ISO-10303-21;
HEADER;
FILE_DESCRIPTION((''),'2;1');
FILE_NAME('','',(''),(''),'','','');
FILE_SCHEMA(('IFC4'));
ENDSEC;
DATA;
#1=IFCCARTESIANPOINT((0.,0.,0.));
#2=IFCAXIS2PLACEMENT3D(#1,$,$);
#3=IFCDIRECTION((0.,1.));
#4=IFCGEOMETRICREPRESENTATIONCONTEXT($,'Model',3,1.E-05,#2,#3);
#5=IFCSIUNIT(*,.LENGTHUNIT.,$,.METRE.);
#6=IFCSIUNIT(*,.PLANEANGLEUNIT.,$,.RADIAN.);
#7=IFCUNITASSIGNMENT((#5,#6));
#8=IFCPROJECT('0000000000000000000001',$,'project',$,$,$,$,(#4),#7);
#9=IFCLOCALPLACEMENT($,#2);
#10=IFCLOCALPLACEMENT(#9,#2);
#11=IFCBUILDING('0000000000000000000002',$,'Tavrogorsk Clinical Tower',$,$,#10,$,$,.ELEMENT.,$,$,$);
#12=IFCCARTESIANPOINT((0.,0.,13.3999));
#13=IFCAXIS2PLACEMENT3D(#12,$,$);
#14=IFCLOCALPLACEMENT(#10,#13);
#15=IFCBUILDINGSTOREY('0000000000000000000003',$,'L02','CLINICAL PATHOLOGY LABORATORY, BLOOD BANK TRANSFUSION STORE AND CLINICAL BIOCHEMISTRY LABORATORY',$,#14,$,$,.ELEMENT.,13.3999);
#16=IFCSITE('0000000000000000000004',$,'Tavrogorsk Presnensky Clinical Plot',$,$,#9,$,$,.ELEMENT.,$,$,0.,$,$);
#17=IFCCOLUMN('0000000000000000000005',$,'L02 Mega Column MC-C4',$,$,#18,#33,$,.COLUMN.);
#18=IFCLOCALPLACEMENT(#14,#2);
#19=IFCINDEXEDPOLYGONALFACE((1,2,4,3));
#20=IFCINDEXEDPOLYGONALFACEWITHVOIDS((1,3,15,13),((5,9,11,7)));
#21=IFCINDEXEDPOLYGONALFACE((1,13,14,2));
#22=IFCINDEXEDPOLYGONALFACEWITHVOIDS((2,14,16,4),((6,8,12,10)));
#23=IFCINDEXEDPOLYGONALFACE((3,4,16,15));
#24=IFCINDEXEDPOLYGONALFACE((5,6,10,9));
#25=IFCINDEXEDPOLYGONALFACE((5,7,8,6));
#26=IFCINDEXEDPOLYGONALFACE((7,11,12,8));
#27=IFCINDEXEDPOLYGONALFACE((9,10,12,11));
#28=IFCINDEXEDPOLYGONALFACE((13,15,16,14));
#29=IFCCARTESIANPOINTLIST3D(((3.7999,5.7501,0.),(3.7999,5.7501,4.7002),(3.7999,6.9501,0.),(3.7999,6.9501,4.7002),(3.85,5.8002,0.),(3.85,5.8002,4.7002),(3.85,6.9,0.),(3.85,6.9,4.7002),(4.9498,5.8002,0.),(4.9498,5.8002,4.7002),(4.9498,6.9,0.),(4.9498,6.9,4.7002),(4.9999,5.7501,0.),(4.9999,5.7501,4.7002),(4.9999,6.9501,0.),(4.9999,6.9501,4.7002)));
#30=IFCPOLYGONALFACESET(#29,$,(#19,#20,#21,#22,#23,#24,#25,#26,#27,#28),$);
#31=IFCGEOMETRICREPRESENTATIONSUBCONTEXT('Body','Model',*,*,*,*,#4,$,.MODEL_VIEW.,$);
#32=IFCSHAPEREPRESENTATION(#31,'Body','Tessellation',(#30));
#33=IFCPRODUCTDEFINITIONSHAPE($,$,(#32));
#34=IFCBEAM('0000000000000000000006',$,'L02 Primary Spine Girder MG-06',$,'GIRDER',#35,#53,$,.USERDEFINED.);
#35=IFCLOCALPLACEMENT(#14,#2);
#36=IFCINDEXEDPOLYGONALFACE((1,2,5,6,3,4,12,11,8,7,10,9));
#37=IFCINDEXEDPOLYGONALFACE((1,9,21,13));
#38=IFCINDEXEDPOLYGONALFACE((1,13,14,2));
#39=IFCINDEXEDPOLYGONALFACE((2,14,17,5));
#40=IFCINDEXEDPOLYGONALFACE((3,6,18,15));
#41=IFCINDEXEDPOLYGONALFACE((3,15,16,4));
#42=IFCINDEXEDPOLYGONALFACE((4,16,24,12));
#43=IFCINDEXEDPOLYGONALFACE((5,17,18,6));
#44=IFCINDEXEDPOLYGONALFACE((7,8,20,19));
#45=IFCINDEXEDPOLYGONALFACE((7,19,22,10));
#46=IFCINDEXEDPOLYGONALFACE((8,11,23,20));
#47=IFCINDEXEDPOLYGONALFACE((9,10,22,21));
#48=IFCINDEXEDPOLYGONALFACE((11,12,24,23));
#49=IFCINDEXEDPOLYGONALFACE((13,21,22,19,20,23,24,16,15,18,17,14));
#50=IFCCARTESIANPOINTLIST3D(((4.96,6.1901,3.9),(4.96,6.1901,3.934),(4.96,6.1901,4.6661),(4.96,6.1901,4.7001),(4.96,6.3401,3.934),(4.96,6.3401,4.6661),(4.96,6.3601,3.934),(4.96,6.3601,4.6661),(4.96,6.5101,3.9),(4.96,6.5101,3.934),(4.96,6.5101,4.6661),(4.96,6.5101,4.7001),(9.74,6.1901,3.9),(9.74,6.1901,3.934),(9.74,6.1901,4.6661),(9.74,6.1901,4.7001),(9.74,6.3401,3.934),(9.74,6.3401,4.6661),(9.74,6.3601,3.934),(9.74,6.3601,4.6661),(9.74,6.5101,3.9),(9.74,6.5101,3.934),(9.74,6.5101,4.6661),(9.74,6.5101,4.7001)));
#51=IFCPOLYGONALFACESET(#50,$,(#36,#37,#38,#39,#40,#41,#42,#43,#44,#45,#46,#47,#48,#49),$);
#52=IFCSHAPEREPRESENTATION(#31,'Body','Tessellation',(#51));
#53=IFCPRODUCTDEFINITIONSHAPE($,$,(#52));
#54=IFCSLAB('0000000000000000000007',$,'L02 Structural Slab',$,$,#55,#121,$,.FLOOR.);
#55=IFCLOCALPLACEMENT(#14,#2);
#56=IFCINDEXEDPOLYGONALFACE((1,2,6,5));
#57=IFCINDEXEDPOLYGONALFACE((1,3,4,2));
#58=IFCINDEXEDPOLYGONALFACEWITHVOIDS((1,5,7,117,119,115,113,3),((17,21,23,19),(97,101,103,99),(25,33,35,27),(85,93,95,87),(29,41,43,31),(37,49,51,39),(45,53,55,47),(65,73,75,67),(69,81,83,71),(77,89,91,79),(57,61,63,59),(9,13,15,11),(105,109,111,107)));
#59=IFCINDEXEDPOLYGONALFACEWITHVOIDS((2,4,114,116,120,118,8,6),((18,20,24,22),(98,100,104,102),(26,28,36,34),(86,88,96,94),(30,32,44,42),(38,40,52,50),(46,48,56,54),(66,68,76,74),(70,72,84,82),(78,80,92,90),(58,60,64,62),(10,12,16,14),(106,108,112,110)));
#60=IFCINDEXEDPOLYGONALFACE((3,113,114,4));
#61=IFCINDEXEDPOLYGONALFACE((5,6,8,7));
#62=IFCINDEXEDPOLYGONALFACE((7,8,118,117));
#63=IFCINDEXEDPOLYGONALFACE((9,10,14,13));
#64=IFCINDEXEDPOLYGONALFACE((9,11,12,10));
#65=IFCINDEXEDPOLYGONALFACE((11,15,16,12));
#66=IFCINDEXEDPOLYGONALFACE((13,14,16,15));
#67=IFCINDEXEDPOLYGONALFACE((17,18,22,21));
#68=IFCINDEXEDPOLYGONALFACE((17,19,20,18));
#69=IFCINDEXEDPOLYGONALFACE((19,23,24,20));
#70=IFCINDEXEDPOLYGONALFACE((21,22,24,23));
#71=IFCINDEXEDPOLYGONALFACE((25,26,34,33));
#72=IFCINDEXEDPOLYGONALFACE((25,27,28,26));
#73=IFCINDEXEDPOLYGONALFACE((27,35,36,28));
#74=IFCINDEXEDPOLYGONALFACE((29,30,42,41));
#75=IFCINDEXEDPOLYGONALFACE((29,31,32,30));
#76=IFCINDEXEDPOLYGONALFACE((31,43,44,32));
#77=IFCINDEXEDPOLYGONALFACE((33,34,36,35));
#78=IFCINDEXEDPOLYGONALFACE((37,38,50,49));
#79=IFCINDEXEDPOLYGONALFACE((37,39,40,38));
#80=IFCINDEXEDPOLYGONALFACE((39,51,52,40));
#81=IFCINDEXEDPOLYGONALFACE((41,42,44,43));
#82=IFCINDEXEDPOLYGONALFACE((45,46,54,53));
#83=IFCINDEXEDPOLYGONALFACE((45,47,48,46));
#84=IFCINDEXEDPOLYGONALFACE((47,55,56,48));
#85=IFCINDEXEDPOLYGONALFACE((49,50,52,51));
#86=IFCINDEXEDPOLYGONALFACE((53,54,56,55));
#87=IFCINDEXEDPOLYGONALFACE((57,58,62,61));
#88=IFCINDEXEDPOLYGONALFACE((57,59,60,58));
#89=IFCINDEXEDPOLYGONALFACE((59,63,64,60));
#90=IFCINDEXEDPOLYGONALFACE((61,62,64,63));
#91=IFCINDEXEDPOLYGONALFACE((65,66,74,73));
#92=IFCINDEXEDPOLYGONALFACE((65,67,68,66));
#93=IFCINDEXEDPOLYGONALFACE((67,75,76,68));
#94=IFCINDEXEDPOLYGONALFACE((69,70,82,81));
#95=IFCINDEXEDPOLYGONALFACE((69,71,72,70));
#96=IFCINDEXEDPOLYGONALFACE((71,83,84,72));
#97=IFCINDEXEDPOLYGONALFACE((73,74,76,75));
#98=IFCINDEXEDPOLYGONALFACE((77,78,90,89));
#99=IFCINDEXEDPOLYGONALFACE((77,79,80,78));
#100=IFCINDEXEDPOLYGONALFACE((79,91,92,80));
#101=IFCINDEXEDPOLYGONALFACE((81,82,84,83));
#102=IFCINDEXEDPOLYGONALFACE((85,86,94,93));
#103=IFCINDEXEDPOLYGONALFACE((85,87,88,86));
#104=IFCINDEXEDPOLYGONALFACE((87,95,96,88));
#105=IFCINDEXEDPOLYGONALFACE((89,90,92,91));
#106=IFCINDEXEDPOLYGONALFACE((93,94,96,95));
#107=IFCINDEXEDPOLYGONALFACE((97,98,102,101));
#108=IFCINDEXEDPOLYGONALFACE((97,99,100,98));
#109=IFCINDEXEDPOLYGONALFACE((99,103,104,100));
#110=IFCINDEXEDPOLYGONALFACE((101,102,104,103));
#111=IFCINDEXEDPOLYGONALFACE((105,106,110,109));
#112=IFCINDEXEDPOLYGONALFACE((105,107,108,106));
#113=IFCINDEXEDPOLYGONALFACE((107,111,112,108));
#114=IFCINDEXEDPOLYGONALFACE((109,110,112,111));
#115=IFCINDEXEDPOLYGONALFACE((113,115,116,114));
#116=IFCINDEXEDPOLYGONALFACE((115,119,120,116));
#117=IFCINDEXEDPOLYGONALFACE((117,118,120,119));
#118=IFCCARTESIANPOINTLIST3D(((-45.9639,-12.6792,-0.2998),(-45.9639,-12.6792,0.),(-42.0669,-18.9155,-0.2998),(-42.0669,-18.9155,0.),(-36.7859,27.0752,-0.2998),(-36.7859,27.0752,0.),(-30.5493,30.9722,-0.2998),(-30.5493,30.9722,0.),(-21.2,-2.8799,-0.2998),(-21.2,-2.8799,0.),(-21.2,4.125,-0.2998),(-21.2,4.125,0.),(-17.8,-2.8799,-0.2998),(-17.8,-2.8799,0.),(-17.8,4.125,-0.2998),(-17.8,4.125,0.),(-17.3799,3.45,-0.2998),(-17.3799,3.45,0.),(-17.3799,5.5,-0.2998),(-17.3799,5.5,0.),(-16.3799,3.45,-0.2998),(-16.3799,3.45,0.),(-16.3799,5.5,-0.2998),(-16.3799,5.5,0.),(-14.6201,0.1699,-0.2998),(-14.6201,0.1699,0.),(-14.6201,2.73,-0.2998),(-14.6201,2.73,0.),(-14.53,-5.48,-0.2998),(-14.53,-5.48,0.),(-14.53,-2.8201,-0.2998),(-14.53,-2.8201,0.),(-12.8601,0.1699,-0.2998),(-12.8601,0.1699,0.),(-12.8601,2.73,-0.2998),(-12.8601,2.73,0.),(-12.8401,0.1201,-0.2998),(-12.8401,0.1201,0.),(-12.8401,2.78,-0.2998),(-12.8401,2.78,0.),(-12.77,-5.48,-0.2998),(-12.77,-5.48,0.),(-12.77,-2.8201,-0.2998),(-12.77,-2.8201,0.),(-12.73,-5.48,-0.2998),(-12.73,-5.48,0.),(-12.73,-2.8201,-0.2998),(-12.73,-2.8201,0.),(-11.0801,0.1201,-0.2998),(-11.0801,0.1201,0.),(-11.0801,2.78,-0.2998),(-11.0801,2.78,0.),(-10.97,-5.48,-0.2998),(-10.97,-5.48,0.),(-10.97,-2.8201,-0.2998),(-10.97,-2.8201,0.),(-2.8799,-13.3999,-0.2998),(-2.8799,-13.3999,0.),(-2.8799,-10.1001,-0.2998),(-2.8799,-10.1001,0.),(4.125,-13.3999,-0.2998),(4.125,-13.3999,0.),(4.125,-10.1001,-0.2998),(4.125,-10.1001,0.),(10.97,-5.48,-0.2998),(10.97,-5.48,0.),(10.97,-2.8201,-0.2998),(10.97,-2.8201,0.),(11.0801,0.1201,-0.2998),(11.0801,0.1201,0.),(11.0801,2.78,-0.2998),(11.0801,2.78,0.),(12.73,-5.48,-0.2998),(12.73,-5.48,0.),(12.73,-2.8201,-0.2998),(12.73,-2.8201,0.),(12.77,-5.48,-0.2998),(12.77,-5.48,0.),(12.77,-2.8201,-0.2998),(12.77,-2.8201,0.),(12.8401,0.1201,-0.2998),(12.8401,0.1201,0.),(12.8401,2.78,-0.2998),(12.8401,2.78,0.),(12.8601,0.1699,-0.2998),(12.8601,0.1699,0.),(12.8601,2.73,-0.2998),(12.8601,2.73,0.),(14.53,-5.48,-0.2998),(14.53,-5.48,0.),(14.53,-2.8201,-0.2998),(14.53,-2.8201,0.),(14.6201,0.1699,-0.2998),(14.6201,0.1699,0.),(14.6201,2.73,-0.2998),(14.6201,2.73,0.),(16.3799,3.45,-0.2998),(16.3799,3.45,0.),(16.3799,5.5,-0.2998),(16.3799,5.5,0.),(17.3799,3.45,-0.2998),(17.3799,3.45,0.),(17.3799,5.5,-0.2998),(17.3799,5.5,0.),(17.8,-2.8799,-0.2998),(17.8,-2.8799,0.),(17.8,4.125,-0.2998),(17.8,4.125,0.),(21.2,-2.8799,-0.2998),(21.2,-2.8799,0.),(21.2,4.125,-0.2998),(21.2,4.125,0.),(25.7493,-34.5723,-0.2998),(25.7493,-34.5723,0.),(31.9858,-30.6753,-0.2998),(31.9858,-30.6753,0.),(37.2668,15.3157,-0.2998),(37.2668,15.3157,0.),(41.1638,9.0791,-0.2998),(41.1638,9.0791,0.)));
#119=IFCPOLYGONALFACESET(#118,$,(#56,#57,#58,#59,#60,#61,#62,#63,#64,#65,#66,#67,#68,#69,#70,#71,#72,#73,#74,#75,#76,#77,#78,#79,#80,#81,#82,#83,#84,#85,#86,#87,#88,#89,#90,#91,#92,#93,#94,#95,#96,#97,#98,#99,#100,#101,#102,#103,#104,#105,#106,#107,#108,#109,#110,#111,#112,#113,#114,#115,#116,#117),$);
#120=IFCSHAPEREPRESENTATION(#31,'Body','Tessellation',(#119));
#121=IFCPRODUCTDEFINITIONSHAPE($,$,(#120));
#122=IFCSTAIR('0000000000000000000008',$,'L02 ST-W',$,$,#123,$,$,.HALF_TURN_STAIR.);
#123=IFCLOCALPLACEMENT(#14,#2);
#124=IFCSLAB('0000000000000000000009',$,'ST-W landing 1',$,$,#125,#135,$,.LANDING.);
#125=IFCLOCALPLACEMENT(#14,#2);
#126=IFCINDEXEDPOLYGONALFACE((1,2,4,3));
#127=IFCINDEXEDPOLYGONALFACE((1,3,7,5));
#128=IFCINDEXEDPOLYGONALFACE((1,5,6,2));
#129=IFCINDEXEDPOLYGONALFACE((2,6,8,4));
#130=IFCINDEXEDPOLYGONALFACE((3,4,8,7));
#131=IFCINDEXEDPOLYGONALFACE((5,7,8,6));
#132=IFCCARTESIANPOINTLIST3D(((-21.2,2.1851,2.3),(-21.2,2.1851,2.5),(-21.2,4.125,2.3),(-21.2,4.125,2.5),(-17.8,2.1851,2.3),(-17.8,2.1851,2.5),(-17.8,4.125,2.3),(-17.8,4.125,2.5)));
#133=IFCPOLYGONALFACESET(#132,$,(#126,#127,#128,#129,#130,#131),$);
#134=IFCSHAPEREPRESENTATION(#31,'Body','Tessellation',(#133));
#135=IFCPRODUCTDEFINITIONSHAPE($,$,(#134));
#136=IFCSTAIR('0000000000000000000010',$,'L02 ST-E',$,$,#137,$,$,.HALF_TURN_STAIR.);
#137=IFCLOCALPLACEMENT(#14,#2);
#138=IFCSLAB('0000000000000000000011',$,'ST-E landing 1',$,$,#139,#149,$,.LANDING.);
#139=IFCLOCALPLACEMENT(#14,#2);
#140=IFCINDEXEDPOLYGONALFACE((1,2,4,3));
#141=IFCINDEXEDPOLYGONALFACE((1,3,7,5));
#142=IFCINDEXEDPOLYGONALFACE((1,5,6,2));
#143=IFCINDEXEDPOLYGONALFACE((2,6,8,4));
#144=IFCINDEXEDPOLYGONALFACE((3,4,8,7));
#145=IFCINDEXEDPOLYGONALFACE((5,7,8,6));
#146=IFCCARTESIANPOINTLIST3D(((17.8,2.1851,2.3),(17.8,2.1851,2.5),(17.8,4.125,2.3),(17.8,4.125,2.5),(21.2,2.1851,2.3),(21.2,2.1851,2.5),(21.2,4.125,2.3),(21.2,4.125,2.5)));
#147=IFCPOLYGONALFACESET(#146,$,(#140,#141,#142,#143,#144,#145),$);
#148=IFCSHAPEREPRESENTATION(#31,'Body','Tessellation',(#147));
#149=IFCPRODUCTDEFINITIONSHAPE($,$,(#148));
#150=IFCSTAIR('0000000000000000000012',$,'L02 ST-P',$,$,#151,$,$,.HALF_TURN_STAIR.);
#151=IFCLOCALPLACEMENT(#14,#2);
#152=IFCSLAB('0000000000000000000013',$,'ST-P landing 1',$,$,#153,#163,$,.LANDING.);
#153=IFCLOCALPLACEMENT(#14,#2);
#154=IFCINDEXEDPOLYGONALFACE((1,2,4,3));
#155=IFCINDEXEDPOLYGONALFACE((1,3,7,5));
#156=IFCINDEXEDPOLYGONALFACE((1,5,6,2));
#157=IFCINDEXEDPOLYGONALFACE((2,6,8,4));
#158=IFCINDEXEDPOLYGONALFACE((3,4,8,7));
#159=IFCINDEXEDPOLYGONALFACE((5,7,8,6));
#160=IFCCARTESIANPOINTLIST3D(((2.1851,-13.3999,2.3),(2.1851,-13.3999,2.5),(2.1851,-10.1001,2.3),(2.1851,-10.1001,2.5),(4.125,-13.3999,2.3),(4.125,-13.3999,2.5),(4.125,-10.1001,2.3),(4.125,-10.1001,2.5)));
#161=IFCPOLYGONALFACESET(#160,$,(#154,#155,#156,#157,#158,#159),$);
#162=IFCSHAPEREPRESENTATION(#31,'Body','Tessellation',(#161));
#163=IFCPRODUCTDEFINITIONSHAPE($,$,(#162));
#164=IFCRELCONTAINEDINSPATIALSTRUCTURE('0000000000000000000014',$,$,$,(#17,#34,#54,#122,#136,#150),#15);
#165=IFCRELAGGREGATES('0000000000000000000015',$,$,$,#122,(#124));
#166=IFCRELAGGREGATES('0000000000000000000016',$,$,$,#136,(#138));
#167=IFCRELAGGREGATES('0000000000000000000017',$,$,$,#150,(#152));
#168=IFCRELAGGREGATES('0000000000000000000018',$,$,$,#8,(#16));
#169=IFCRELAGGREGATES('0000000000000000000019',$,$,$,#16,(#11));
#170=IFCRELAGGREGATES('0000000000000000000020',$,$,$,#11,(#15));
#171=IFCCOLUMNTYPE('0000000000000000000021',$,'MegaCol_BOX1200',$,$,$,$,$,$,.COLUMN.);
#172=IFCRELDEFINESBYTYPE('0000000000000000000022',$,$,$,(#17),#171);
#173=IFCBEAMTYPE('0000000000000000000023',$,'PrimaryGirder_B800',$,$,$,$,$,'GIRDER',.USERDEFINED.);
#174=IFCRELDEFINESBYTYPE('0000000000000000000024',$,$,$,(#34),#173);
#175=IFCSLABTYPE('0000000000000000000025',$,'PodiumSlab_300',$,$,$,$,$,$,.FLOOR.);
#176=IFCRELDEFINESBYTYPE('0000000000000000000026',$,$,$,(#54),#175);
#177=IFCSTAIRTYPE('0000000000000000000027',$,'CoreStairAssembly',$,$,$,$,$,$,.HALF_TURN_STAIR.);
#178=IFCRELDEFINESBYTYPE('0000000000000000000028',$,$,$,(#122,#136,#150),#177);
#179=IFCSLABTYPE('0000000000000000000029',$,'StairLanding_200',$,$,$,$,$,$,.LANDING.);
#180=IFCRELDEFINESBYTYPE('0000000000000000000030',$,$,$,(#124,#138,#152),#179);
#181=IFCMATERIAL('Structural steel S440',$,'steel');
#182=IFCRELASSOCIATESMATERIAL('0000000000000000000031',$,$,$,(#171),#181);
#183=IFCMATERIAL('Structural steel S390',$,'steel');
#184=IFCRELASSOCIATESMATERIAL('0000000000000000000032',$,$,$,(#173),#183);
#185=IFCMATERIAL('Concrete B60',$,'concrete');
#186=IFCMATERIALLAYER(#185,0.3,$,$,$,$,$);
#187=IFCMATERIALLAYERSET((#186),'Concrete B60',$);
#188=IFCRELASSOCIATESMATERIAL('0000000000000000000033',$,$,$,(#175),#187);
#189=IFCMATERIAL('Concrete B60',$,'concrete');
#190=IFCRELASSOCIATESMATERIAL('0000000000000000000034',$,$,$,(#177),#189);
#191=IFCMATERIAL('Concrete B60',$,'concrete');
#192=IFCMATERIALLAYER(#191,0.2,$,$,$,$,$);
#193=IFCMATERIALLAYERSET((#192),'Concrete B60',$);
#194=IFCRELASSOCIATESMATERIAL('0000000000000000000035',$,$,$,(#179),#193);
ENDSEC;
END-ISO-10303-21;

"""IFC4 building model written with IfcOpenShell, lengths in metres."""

from ifc_helpers import new_model, si_unit, direction, frame, origin, origin_2d, place, context, subcontext, project, spatial, polyline, hollow_rectangle, i_section, outline, extrude, material, layer, layer_set, material_profile, profile_set, type_object, element, aggregate, save


model = new_model("IFC4")

# Units and contexts
model_context = context("Model", 3, precision=1e-05, world=origin(), true_north=direction((0.0, 1.0)))
body_context = subcontext(model_context, "Body", "Model", "MODEL_VIEW")
ifc_project = project(units=[si_unit("LENGTHUNIT", "METRE"), si_unit("PLANEANGLEUNIT", "RADIAN")], contexts=[model_context])

# Site, building, storey
site_placement = place(None, origin())
site = spatial("IfcSite", under=ifc_project, at=site_placement, Name="Tavrogorsk Presnensky Clinical Plot", CompositionType="ELEMENT", RefElevation=0.0)
building_placement = place(site_placement, origin())
building = spatial("IfcBuilding", under=site, at=building_placement, Name="Tavrogorsk Clinical Tower", CompositionType="ELEMENT")
storey_placement = place(building_placement, frame((0.0, 0.0, 13.3999)))
storey = spatial("IfcBuildingStorey", under=building, at=storey_placement, Name="L02", Description="CLINICAL PATHOLOGY LABORATORY, BLOOD BANK TRANSFUSION STORE AND CLINICAL BIOCHEMISTRY LABORATORY", CompositionType="ELEMENT", Elevation=13.3999)

# Column
ifc_material_1 = material(Name="Structural steel S440", Category="steel")
ifc_material_profile_1 = material_profile(ifc_material_1, hollow_rectangle(XDim=1.2, YDim=1.2, WallThickness=0.05, at=origin_2d()), Name="BOX-1200x1200x50")
ifc_profile_set_1 = profile_set([ifc_material_profile_1], Name="Structural steel S440")
column_type = type_object("IfcColumnType", Name="MegaCol_BOX1200", PredefinedType="COLUMN", material=ifc_profile_set_1)
column_placement = place(storey_placement, frame((4.3999, 6.3501, 0.0), z_axis=(0.0, 0.0, 1.0), x_axis=(1.0, 0.0, 0.0)))
element("IfcColumn", 1, at=column_placement, inside=storey, type_object=column_type, Name="L02 Mega Column MC-C4", PredefinedType="COLUMN", context=body_context, shape_type="SweptSolid", body=[
    extrude(hollow_rectangle(XDim=1.2, YDim=1.2, WallThickness=0.05, at=origin_2d()), origin(), (0.0, 0.0, 1.0), 4.7002),
])

# Beam
ifc_material_2 = material(Name="Structural steel S390", Category="steel")
ifc_material_profile_2 = material_profile(ifc_material_2, i_section(OverallWidth=0.3201, OverallDepth=0.8, WebThickness=0.02, FlangeThickness=0.0339, at=origin_2d()), Name="B-800x320x20x34")
ifc_profile_set_2 = profile_set([ifc_material_profile_2], Name="Structural steel S390")
beam_type = type_object("IfcBeamType", Name="PrimaryGirder_B800", ElementType="GIRDER", PredefinedType="USERDEFINED", material=ifc_profile_set_2)
beam_placement = place(storey_placement, frame((4.96, 6.3501, 4.3), z_axis=(1.0, 0.0, 0.0), x_axis=(0.0, 1.0, 0.0)))
element("IfcBeam", 2, at=beam_placement, inside=storey, type_object=beam_type, Name="L02 Primary Spine Girder MG-06", ObjectType="GIRDER", PredefinedType="USERDEFINED", context=body_context, shape_type="SweptSolid", body=[
    extrude(i_section(OverallWidth=0.3201, OverallDepth=0.8, WebThickness=0.02, FlangeThickness=0.0339, at=origin_2d()), origin(), (0.0, 0.0, 1.0), 4.78),
])

# Slab
ifc_material_3 = material(Name="Concrete B60", Category="concrete")
ifc_layer_1 = layer(ifc_material_3, 0.3)
ifc_layer_set_1 = layer_set([ifc_layer_1], Name="Concrete B60")
slab_type_1 = type_object("IfcSlabType", Name="PodiumSlab_300", PredefinedType="FLOOR", material=ifc_layer_set_1)
slab_1_placement = place(storey_placement, frame((0.0, 0.0, -0.2998)))
element("IfcSlab", 3, at=slab_1_placement, inside=storey, type_object=slab_type_1, Name="L02 Structural Slab", PredefinedType="FLOOR", context=body_context, shape_type="SweptSolid", body=[
    extrude(outline(polyline([(-42.0669, -18.9155), (25.7493, -34.5723), (31.9858, -30.6753), (41.1638, 9.0791), (37.2668, 15.3157), (-30.5493, 30.9722), (-36.7859, 27.0752), (-45.9639, -12.6792), (-42.0669, -18.9155)]), holes=[polyline([(-17.8, -2.8799), (-17.8, 4.125), (-21.2, 4.125), (-21.2, -2.8799), (-17.8, -2.8799)]), polyline([(21.2, -2.8799), (21.2, 4.125), (17.8, 4.125), (17.8, -2.8799), (21.2, -2.8799)]), polyline([(-2.8799, -13.3999), (4.125, -13.3999), (4.125, -10.1001), (-2.8799, -10.1001), (-2.8799, -13.3999)]), polyline([(-14.6201, 0.1699), (-12.8601, 0.1699), (-12.8601, 2.73), (-14.6201, 2.73), (-14.6201, 0.1699)]), polyline([(-14.53, -5.48), (-12.77, -5.48), (-12.77, -2.8201), (-14.53, -2.8201), (-14.53, -5.48)]), polyline([(-12.73, -5.48), (-10.97, -5.48), (-10.97, -2.8201), (-12.73, -2.8201), (-12.73, -5.48)]), polyline([(-12.8401, 0.1201), (-11.0801, 0.1201), (-11.0801, 2.78), (-12.8401, 2.78), (-12.8401, 0.1201)]), polyline([(12.8601, 0.1699), (14.6201, 0.1699), (14.6201, 2.73), (12.8601, 2.73), (12.8601, 0.1699)]), polyline([(12.77, -5.48), (14.53, -5.48), (14.53, -2.8201), (12.77, -2.8201), (12.77, -5.48)]), polyline([(10.97, -5.48), (12.73, -5.48), (12.73, -2.8201), (10.97, -2.8201), (10.97, -5.48)]), polyline([(11.0801, 0.1201), (12.8401, 0.1201), (12.8401, 2.78), (11.0801, 2.78), (11.0801, 0.1201)]), polyline([(-17.3799, 3.45), (-16.3799, 3.45), (-16.3799, 5.5), (-17.3799, 5.5), (-17.3799, 3.45)]), polyline([(16.3799, 3.45), (17.3799, 3.45), (17.3799, 5.5), (16.3799, 5.5), (16.3799, 3.45)])]), origin(), (0.0, 0.0, 1.0), 0.2998),
])

# Stairs, slabs
ifc_material_4 = material(Name="Concrete B60", Category="concrete")
stair_type = type_object("IfcStairType", Name="CoreStairAssembly", PredefinedType="HALF_TURN_STAIR", material=ifc_material_4)
stair_1_placement = place(storey_placement, origin())
stair_1 = element("IfcStair", 4, at=stair_1_placement, inside=storey, type_object=stair_type, Name="L02 ST-W", PredefinedType="HALF_TURN_STAIR")
ifc_material_5 = material(Name="Concrete B60", Category="concrete")
ifc_layer_2 = layer(ifc_material_5, 0.2)
ifc_layer_set_2 = layer_set([ifc_layer_2], Name="Concrete B60")
slab_type_2 = type_object("IfcSlabType", Name="StairLanding_200", PredefinedType="LANDING", material=ifc_layer_set_2)
slab_2_placement = place(storey_placement, frame((0.0, 0.0, 2.3)))
slab_2 = element("IfcSlab", 5, at=slab_2_placement, type_object=slab_type_2, Name="ST-W landing 1", PredefinedType="LANDING", context=body_context, shape_type="SweptSolid", body=[
    extrude(outline(polyline([(-17.8, 2.1851), (-17.8, 4.125), (-21.2, 4.125), (-21.2, 2.1851), (-17.8, 2.1851)])), origin(), (0.0, 0.0, 1.0), 0.2),
])
aggregate(stair_1, [slab_2])
stair_2_placement = place(storey_placement, origin())
stair_2 = element("IfcStair", 6, at=stair_2_placement, inside=storey, type_object=stair_type, Name="L02 ST-E", PredefinedType="HALF_TURN_STAIR")
slab_3_placement = place(storey_placement, frame((0.0, 0.0, 2.3)))
slab_3 = element("IfcSlab", 7, at=slab_3_placement, type_object=slab_type_2, Name="ST-E landing 1", PredefinedType="LANDING", context=body_context, shape_type="SweptSolid", body=[
    extrude(outline(polyline([(21.2, 2.1851), (21.2, 4.125), (17.8, 4.125), (17.8, 2.1851), (21.2, 2.1851)])), origin(), (0.0, 0.0, 1.0), 0.2),
])
aggregate(stair_2, [slab_3])
stair_3_placement = place(storey_placement, origin())
stair_3 = element("IfcStair", 8, at=stair_3_placement, inside=storey, type_object=stair_type, Name="L02 ST-P", PredefinedType="HALF_TURN_STAIR")
slab_4_placement = place(storey_placement, frame((0.0, 0.0, 2.3)))
slab_4 = element("IfcSlab", 9, at=slab_4_placement, type_object=slab_type_2, Name="ST-P landing 1", PredefinedType="LANDING", context=body_context, shape_type="SweptSolid", body=[
    extrude(outline(polyline([(2.1851, -13.3999), (4.125, -13.3999), (4.125, -10.1001), (2.1851, -10.1001), (2.1851, -13.3999)])), origin(), (0.0, 0.0, 1.0), 0.2),
])
aggregate(stair_3, [slab_4])

save(model, "model.ifc")
